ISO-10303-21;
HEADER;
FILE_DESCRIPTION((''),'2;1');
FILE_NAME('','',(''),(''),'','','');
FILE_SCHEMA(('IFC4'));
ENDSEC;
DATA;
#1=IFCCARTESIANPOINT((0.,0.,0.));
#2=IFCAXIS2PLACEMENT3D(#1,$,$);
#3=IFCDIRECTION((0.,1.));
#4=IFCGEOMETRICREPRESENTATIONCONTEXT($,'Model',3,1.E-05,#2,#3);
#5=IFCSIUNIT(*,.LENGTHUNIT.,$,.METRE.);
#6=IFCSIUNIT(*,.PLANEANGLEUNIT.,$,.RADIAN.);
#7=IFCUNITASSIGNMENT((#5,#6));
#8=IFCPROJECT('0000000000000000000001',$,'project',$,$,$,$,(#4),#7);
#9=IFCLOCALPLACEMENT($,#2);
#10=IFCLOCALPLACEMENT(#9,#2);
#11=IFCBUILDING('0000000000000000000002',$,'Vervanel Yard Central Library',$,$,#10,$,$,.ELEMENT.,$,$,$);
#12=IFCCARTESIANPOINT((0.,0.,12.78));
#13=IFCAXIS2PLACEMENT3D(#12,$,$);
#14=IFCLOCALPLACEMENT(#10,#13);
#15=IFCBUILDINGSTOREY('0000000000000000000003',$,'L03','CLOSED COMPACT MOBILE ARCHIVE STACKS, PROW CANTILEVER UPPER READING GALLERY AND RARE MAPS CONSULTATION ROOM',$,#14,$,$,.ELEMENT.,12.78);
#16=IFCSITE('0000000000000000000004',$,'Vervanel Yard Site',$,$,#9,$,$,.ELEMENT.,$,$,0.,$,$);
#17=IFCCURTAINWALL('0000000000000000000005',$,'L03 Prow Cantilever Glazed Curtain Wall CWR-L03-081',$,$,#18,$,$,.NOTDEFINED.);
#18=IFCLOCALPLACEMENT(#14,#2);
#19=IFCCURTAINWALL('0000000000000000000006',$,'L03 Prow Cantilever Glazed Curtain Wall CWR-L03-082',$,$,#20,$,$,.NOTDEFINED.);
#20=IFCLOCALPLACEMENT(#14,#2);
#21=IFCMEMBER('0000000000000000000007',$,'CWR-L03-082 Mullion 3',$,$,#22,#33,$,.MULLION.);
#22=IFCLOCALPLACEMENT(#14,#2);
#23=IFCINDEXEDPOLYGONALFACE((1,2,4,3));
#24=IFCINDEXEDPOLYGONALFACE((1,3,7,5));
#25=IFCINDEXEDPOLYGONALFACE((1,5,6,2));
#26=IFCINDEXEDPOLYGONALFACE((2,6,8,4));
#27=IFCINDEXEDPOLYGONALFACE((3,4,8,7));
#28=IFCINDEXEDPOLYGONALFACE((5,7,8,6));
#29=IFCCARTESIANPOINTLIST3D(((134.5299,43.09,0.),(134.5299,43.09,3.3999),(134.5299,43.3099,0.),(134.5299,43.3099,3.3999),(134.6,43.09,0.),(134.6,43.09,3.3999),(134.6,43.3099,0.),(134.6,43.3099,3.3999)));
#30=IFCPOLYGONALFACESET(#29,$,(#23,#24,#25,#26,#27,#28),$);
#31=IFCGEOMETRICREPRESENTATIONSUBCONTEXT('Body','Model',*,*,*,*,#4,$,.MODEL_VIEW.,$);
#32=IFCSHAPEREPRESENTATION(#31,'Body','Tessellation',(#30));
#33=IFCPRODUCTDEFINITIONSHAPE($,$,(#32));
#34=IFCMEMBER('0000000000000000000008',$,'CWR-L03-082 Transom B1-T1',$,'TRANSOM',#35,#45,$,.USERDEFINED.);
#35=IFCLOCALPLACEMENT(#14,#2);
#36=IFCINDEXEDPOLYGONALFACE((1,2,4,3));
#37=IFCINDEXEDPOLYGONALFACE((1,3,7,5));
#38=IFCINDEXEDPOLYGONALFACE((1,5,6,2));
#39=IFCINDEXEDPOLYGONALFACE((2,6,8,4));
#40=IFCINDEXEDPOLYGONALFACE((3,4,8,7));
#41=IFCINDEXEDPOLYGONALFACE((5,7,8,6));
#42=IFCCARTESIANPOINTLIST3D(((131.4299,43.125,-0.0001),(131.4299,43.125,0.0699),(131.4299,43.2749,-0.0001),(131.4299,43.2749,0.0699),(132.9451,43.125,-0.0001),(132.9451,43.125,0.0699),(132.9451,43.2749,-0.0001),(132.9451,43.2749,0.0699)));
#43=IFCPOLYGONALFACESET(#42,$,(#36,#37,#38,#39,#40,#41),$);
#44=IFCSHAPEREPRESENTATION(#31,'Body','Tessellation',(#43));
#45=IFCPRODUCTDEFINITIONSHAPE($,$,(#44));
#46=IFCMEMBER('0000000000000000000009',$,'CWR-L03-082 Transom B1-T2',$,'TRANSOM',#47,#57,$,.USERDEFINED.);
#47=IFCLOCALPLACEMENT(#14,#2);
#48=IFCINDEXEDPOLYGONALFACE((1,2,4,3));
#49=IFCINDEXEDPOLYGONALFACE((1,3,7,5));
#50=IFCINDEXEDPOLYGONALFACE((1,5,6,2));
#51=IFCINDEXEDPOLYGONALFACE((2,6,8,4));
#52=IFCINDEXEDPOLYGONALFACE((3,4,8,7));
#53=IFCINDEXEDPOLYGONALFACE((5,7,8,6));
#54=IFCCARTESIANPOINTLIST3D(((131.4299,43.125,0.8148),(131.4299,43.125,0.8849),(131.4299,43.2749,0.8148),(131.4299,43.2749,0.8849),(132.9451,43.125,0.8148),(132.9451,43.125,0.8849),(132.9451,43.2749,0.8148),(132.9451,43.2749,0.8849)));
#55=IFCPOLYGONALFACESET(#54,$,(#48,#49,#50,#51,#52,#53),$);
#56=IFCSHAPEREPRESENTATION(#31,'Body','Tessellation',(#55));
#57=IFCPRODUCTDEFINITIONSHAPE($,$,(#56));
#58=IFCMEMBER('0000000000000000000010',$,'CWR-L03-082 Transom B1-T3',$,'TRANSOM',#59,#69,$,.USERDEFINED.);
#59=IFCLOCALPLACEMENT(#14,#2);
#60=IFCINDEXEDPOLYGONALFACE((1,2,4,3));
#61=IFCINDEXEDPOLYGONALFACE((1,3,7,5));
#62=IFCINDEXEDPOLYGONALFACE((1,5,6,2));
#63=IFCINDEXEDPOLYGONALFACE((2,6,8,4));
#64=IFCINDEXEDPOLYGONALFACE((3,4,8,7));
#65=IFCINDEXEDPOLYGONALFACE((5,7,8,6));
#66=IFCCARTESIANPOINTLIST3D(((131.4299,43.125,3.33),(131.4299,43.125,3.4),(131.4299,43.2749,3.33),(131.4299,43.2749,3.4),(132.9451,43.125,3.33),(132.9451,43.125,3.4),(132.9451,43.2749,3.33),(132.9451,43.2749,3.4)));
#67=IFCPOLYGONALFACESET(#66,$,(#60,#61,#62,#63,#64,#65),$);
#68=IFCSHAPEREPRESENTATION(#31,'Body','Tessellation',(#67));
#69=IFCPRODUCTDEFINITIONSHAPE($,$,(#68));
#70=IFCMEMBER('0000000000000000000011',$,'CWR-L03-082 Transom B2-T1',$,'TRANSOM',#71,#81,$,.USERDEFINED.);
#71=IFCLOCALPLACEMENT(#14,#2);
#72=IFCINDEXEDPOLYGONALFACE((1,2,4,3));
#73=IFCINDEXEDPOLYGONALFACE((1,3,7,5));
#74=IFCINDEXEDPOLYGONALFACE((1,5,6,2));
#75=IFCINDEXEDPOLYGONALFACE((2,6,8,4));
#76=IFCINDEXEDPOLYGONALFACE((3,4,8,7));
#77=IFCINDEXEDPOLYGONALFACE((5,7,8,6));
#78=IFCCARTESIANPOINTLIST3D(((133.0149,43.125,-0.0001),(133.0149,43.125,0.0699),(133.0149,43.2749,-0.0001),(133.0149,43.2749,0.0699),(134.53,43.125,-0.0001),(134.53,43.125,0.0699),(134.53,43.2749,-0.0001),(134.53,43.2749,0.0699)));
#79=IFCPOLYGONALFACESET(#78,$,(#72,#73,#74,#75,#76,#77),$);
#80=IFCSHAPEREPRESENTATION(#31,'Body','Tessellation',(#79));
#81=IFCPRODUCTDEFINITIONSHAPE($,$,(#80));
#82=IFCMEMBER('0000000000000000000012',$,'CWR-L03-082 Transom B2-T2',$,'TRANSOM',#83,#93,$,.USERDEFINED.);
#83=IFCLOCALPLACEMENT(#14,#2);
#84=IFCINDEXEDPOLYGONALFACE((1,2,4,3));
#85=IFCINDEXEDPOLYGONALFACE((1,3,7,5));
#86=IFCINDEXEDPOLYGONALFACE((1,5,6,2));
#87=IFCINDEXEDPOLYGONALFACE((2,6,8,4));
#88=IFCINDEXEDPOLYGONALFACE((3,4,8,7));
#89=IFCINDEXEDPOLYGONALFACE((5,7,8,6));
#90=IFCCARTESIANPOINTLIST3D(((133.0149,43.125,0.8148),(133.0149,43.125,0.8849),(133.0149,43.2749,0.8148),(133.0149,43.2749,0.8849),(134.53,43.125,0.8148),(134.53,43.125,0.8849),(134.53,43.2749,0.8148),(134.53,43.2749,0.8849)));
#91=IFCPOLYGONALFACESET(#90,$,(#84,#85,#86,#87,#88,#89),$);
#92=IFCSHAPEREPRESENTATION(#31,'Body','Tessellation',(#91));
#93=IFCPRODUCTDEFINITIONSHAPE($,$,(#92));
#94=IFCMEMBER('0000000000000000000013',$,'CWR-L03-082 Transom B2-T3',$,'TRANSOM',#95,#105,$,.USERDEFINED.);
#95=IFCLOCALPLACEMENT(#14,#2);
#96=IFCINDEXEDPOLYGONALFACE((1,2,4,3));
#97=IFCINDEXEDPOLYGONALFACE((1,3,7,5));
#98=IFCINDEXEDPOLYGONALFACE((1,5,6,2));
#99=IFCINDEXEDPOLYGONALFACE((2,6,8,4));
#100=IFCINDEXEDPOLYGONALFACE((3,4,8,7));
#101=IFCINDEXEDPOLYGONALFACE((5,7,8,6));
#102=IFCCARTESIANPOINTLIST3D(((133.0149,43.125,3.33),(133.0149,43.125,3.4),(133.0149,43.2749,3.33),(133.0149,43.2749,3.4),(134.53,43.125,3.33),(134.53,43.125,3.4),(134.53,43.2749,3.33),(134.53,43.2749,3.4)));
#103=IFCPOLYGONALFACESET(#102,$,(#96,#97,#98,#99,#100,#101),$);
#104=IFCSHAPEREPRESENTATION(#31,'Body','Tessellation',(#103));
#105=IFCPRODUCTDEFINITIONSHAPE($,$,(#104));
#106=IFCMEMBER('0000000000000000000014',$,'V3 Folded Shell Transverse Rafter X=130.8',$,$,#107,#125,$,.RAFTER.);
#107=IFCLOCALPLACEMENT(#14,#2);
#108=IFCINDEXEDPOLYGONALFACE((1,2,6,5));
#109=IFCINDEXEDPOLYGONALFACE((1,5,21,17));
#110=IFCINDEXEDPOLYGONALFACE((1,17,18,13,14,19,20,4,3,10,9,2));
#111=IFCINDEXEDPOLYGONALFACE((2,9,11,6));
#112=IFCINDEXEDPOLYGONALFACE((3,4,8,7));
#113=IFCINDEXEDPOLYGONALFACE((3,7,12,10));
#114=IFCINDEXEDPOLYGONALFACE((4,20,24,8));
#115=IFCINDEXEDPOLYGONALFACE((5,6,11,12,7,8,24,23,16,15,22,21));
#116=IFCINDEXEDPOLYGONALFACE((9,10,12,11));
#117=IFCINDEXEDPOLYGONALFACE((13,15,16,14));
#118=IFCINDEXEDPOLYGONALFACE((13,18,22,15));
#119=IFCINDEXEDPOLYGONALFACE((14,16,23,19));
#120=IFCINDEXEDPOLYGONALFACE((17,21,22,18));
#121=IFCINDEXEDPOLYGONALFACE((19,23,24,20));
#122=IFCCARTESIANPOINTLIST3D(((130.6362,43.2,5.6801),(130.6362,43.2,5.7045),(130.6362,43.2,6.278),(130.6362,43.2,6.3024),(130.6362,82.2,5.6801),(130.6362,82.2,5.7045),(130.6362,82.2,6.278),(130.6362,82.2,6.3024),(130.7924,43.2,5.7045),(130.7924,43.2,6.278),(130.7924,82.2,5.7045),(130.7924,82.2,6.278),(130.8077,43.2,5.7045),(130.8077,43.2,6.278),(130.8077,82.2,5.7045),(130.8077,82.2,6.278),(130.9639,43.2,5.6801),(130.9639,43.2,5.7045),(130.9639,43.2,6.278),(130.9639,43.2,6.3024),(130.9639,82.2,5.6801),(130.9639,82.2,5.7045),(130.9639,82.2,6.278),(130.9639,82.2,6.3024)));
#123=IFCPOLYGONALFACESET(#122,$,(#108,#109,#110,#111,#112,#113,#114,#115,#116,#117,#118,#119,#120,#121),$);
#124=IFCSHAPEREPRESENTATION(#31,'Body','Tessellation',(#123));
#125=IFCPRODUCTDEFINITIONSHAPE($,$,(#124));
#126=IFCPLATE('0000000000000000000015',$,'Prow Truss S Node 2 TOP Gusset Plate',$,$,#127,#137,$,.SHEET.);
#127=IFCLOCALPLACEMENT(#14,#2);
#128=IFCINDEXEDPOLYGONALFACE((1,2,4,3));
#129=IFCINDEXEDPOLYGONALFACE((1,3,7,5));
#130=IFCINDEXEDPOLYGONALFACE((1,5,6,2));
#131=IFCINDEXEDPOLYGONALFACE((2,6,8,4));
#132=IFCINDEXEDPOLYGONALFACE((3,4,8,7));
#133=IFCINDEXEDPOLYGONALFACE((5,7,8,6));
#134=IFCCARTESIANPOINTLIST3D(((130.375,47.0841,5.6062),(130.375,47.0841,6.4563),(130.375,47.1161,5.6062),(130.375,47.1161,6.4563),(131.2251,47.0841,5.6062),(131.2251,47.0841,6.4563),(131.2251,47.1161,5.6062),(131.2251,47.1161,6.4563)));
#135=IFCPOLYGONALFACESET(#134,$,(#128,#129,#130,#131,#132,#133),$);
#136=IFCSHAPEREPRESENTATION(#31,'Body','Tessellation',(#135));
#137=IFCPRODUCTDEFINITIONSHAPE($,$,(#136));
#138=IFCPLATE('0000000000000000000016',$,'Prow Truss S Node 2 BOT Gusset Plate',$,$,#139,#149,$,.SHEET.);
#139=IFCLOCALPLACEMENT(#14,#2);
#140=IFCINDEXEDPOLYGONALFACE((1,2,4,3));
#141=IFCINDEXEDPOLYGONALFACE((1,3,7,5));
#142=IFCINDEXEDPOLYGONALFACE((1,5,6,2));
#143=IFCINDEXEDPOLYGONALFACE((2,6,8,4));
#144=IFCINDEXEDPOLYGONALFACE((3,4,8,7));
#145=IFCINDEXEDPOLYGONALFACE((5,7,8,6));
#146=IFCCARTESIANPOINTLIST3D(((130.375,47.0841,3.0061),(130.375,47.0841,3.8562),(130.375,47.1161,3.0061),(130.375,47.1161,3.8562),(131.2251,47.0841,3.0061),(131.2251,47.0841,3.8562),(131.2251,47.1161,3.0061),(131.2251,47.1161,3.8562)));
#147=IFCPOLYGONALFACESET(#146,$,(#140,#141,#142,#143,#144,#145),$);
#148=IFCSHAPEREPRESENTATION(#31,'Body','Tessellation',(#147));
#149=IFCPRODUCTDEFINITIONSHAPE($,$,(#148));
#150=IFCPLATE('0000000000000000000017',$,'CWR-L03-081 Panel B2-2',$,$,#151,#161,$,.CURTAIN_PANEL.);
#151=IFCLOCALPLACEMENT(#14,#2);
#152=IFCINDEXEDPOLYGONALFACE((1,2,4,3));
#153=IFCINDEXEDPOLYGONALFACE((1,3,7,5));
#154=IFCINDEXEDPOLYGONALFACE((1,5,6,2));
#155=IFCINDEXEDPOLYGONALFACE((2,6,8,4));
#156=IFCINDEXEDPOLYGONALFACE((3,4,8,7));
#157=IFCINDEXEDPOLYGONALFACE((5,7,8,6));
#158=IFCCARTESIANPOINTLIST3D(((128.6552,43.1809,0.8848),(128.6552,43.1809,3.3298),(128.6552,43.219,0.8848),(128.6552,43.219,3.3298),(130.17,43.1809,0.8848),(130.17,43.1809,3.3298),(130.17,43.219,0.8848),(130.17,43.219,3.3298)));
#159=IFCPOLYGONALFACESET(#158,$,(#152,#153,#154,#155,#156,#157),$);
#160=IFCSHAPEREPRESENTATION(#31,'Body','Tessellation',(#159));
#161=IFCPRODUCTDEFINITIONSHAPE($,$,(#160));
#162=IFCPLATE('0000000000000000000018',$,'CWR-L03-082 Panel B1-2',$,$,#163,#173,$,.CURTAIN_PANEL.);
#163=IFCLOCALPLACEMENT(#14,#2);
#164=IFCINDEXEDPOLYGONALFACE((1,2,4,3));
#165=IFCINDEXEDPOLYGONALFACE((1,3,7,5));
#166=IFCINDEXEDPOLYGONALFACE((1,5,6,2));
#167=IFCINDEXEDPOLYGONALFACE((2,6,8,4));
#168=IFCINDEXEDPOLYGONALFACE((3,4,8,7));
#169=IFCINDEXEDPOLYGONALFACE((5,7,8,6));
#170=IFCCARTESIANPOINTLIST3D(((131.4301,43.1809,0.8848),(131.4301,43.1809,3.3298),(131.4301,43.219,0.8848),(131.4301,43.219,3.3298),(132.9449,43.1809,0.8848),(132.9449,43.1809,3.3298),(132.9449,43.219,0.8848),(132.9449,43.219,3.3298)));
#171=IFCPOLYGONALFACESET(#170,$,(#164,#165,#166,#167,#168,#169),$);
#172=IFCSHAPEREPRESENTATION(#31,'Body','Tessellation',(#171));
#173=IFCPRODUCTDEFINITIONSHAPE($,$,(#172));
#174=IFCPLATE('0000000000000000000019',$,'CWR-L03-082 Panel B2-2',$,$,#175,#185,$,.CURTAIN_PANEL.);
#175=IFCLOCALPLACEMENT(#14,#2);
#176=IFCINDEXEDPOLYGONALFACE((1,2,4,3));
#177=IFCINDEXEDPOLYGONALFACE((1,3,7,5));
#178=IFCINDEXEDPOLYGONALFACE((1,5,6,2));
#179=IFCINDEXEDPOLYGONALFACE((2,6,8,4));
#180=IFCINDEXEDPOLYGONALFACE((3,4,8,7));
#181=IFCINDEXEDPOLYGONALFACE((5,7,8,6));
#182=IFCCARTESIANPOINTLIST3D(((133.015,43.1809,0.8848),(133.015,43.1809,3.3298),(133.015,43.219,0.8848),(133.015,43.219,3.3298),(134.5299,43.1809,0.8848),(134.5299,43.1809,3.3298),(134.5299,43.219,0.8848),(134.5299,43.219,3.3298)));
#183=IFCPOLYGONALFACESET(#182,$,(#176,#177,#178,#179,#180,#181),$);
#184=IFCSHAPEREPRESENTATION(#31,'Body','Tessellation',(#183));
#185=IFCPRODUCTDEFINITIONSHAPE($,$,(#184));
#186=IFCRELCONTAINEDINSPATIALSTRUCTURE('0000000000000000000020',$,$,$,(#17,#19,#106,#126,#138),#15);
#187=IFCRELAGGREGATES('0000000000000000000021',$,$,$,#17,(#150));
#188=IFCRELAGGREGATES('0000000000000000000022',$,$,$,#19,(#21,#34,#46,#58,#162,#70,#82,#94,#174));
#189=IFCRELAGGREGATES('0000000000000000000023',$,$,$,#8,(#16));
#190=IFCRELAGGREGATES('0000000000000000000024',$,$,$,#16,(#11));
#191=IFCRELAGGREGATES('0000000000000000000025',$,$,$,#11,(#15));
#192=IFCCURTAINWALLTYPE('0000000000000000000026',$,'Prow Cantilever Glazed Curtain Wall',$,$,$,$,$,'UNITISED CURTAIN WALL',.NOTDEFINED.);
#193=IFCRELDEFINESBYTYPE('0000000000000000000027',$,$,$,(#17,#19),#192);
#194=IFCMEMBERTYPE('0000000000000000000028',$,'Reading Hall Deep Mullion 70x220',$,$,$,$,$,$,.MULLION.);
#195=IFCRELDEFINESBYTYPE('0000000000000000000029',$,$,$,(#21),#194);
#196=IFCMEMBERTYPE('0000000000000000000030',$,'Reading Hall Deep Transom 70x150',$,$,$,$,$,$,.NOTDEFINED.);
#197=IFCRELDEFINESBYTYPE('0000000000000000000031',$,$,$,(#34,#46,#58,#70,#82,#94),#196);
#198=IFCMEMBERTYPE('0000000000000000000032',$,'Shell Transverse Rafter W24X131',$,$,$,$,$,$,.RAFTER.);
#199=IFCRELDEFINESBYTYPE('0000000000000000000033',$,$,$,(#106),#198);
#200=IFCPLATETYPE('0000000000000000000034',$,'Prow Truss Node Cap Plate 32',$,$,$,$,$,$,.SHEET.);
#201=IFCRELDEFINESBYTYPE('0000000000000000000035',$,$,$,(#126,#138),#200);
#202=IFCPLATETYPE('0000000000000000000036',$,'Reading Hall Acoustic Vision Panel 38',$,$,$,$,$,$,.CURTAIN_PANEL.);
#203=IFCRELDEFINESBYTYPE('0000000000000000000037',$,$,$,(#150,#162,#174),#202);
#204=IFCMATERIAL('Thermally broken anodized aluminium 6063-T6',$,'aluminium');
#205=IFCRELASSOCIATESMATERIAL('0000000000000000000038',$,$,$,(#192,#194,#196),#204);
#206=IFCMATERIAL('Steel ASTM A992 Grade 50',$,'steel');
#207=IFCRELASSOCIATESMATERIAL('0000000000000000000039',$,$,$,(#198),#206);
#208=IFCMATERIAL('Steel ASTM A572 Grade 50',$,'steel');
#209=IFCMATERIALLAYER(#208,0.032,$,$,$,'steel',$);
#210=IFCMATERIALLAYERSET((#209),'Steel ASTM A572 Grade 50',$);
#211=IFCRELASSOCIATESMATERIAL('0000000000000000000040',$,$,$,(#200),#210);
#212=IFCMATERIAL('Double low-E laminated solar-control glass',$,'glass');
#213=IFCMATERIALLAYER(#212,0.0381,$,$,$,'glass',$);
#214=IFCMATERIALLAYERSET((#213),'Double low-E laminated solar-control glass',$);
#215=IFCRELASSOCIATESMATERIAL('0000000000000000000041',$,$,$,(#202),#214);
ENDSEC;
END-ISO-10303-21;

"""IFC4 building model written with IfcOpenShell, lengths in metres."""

from ifc_helpers import new_model, si_unit, direction, frame, origin, origin_2d, place, context, subcontext, project, spatial, rectangle, i_section, extrude, material, layer, layer_set, material_profile, profile_set, type_object, element, aggregate, save


model = new_model("IFC4")

# Units and contexts
model_context = context("Model", 3, precision=1e-05, world=origin(), true_north=direction((0.0, 1.0)))
body_context = subcontext(model_context, "Body", "Model", "MODEL_VIEW")
ifc_project = project(units=[si_unit("LENGTHUNIT", "METRE"), si_unit("PLANEANGLEUNIT", "RADIAN")], contexts=[model_context])

# Site, building, storey
site_placement = place(None, origin())
site = spatial("IfcSite", under=ifc_project, at=site_placement, Name="Vervanel Yard Site", CompositionType="ELEMENT", RefElevation=0.0)
building_placement = place(site_placement, origin())
building = spatial("IfcBuilding", under=site, at=building_placement, Name="Vervanel Yard Central Library", CompositionType="ELEMENT")
storey_placement = place(building_placement, frame((0.0, 0.0, 12.78)))
storey = spatial("IfcBuildingStorey", under=building, at=storey_placement, Name="L03", Description="CLOSED COMPACT MOBILE ARCHIVE STACKS, PROW CANTILEVER UPPER READING GALLERY AND RARE MAPS CONSULTATION ROOM", CompositionType="ELEMENT", Elevation=12.78)

# Shared definitions
ifc_material_1 = material(Name="Steel ASTM A992 Grade 50", Category="steel")

# Curtain wall
ifc_material_2 = material(Name="Thermally broken anodized aluminium 6063-T6", Category="aluminium")
curtain_wall_type = type_object("IfcCurtainWallType", Name="Prow Cantilever Glazed Curtain Wall", ElementType="UNITISED CURTAIN WALL", PredefinedType="NOTDEFINED", material=ifc_material_2)
curtain_wall_1_placement = place(storey_placement, origin())
curtain_wall_1 = element("IfcCurtainWall", 1, at=curtain_wall_1_placement, inside=storey, type_object=curtain_wall_type, Name="L03 Prow Cantilever Glazed Curtain Wall CWR-L03-081", PredefinedType="NOTDEFINED")
ifc_material_profile_1 = material_profile(ifc_material_2, rectangle(XDim=0.0701, YDim=0.22, at=origin_2d()), Name="ALU 70x220", Category="aluminium")
ifc_profile_set_1 = profile_set([ifc_material_profile_1], Name="Thermally broken anodized aluminium 6063-T6")
member_type_1 = type_object("IfcMemberType", Name="Reading Hall Deep Mullion 70x220", PredefinedType="MULLION", material=ifc_profile_set_1)

# Curtain wall, members
curtain_wall_2_placement = place(storey_placement, origin())
curtain_wall_2 = element("IfcCurtainWall", 2, at=curtain_wall_2_placement, inside=storey, type_object=curtain_wall_type, Name="L03 Prow Cantilever Glazed Curtain Wall CWR-L03-082", PredefinedType="NOTDEFINED")
member_1_placement = place(storey_placement, frame((134.5649, 43.2, 0.0), z_axis=(0.0, 0.0, 1.0), x_axis=(1.0, 0.0, 0.0)))
member_1 = element("IfcMember", 3, at=member_1_placement, type_object=member_type_1, Name="CWR-L03-082 Mullion 3", PredefinedType="MULLION", context=body_context, shape_type="SweptSolid", body=[
    extrude(rectangle(XDim=0.0701, YDim=0.22, at=origin_2d()), origin(), (0.0, 0.0, 1.0), 3.3999),
])
ifc_material_profile_2 = material_profile(ifc_material_2, rectangle(XDim=0.0701, YDim=0.1499, at=origin_2d()), Name="ALU 70x150", Category="aluminium")
ifc_profile_set_2 = profile_set([ifc_material_profile_2], Name="Thermally broken anodized aluminium 6063-T6")
member_type_2 = type_object("IfcMemberType", Name="Reading Hall Deep Transom 70x150", PredefinedType="NOTDEFINED", material=ifc_profile_set_2)
member_2_placement = place(storey_placement, frame((131.4299, 43.2, 0.0349), z_axis=(1.0, 0.0, 0.0), x_axis=(0.0, 0.0, 1.0)))
member_2 = element("IfcMember", 4, at=member_2_placement, type_object=member_type_2, Name="CWR-L03-082 Transom B1-T1", ObjectType="TRANSOM", PredefinedType="USERDEFINED", context=body_context, shape_type="SweptSolid", body=[
    extrude(rectangle(XDim=0.0701, YDim=0.1499, at=origin_2d()), origin(), (0.0, 0.0, 1.0), 1.5151),
])
member_3_placement = place(storey_placement, frame((131.4299, 43.2, 0.8499), z_axis=(1.0, 0.0, 0.0), x_axis=(0.0, 0.0, 1.0)))
member_3 = element("IfcMember", 5, at=member_3_placement, type_object=member_type_2, Name="CWR-L03-082 Transom B1-T2", ObjectType="TRANSOM", PredefinedType="USERDEFINED", context=body_context, shape_type="SweptSolid", body=[
    extrude(rectangle(XDim=0.0701, YDim=0.1499, at=origin_2d()), origin(), (0.0, 0.0, 1.0), 1.5151),
])
member_4_placement = place(storey_placement, frame((131.4299, 43.2, 3.365), z_axis=(1.0, 0.0, 0.0), x_axis=(0.0, 0.0, 1.0)))
member_4 = element("IfcMember", 6, at=member_4_placement, type_object=member_type_2, Name="CWR-L03-082 Transom B1-T3", ObjectType="TRANSOM", PredefinedType="USERDEFINED", context=body_context, shape_type="SweptSolid", body=[
    extrude(rectangle(XDim=0.0701, YDim=0.1499, at=origin_2d()), origin(), (0.0, 0.0, 1.0), 1.5151),
])
member_5_placement = place(storey_placement, frame((133.0149, 43.2, 0.0349), z_axis=(1.0, 0.0, 0.0), x_axis=(0.0, 0.0, 1.0)))
member_5 = element("IfcMember", 7, at=member_5_placement, type_object=member_type_2, Name="CWR-L03-082 Transom B2-T1", ObjectType="TRANSOM", PredefinedType="USERDEFINED", context=body_context, shape_type="SweptSolid", body=[
    extrude(rectangle(XDim=0.0701, YDim=0.1499, at=origin_2d()), origin(), (0.0, 0.0, 1.0), 1.5151),
])
member_6_placement = place(storey_placement, frame((133.0149, 43.2, 0.8499), z_axis=(1.0, 0.0, 0.0), x_axis=(0.0, 0.0, 1.0)))
member_6 = element("IfcMember", 8, at=member_6_placement, type_object=member_type_2, Name="CWR-L03-082 Transom B2-T2", ObjectType="TRANSOM", PredefinedType="USERDEFINED", context=body_context, shape_type="SweptSolid", body=[
    extrude(rectangle(XDim=0.0701, YDim=0.1499, at=origin_2d()), origin(), (0.0, 0.0, 1.0), 1.5151),
])
member_7_placement = place(storey_placement, frame((133.0149, 43.2, 3.365), z_axis=(1.0, 0.0, 0.0), x_axis=(0.0, 0.0, 1.0)))
member_7 = element("IfcMember", 9, at=member_7_placement, type_object=member_type_2, Name="CWR-L03-082 Transom B2-T3", ObjectType="TRANSOM", PredefinedType="USERDEFINED", context=body_context, shape_type="SweptSolid", body=[
    extrude(rectangle(XDim=0.0701, YDim=0.1499, at=origin_2d()), origin(), (0.0, 0.0, 1.0), 1.5151),
])

# Member
ifc_material_profile_3 = material_profile(ifc_material_1, i_section(OverallWidth=0.3276, OverallDepth=0.6223, WebThickness=0.0154, FlangeThickness=0.0244, at=origin_2d()), Name="W24X131", Category="steel")
ifc_profile_set_3 = profile_set([ifc_material_profile_3], Name="Steel ASTM A992 Grade 50")
member_type_3 = type_object("IfcMemberType", Name="Shell Transverse Rafter W24X131", PredefinedType="RAFTER", material=ifc_profile_set_3)
member_8_placement = place(storey_placement, frame((130.8, 43.2, 5.9912), z_axis=(0.0, 1.0, 0.0), x_axis=(-1.0, 0.0, 0.0)))
element("IfcMember", 10, at=member_8_placement, inside=storey, type_object=member_type_3, Name="V3 Folded Shell Transverse Rafter X=130.8", PredefinedType="RAFTER", context=body_context, shape_type="SweptSolid", body=[
    extrude(i_section(OverallWidth=0.3276, OverallDepth=0.6223, WebThickness=0.0154, FlangeThickness=0.0244, at=origin_2d()), origin(), (0.0, 0.0, 1.0), 39.0),
])

# Plates
ifc_material_3 = material(Name="Steel ASTM A572 Grade 50", Category="steel")
ifc_layer_1 = layer(ifc_material_3, 0.032, Category="steel")
ifc_layer_set_1 = layer_set([ifc_layer_1], Name="Steel ASTM A572 Grade 50")
plate_type_1 = type_object("IfcPlateType", Name="Prow Truss Node Cap Plate 32", PredefinedType="SHEET", material=ifc_layer_set_1)
for number, where, z_axis, x_axis, name in (
    (11, (130.8, 47.1001, 5.6062), (0.0, 0.0, 1.0), (1.0, 0.0, 0.0), "Prow Truss S Node 2 TOP Gusset Plate"),
    (12, (130.8, 47.1001, 3.0061), (0.0, 0.0, 1.0), (1.0, 0.0, 0.0), "Prow Truss S Node 2 BOT Gusset Plate"),
):
    element("IfcPlate", number, at=place(storey_placement, frame(where, z_axis=z_axis, x_axis=x_axis)), inside=storey, type_object=plate_type_1, Name=name, PredefinedType="SHEET", context=body_context, shape_type="SweptSolid", body=[
        extrude(rectangle(XDim=0.8501, YDim=0.032, at=origin_2d()), origin(), (0.0, 0.0, 1.0), 0.8501),
    ])

# Plates
ifc_material_4 = material(Name="Double low-E laminated solar-control glass", Category="glass")
ifc_layer_2 = layer(ifc_material_4, 0.0381, Category="glass")
ifc_layer_set_2 = layer_set([ifc_layer_2], Name="Double low-E laminated solar-control glass")
plate_type_2 = type_object("IfcPlateType", Name="Reading Hall Acoustic Vision Panel 38", PredefinedType="CURTAIN_PANEL", material=ifc_layer_set_2)
plate_1_placement = place(storey_placement, frame((129.4126, 43.2, 0.8848), z_axis=(0.0, 0.0, 1.0), x_axis=(1.0, 0.0, 0.0)))
plate_1 = element("IfcPlate", 13, at=plate_1_placement, type_object=plate_type_2, Name="CWR-L03-081 Panel B2-2", PredefinedType="CURTAIN_PANEL", context=body_context, shape_type="SweptSolid", body=[
    extrude(rectangle(XDim=1.5149, YDim=0.0381, at=origin_2d()), origin(), (0.0, 0.0, 1.0), 2.4451),
])
aggregate(curtain_wall_1, [plate_1])
plate_2_placement = place(storey_placement, frame((132.1875, 43.2, 0.8848), z_axis=(0.0, 0.0, 1.0), x_axis=(1.0, 0.0, 0.0)))
plate_2 = element("IfcPlate", 14, at=plate_2_placement, type_object=plate_type_2, Name="CWR-L03-082 Panel B1-2", PredefinedType="CURTAIN_PANEL", context=body_context, shape_type="SweptSolid", body=[
    extrude(rectangle(XDim=1.5149, YDim=0.0381, at=origin_2d()), origin(), (0.0, 0.0, 1.0), 2.4451),
])
plate_3_placement = place(storey_placement, frame((133.7725, 43.2, 0.8848), z_axis=(0.0, 0.0, 1.0), x_axis=(1.0, 0.0, 0.0)))
plate_3 = element("IfcPlate", 15, at=plate_3_placement, type_object=plate_type_2, Name="CWR-L03-082 Panel B2-2", PredefinedType="CURTAIN_PANEL", context=body_context, shape_type="SweptSolid", body=[
    extrude(rectangle(XDim=1.5149, YDim=0.0381, at=origin_2d()), origin(), (0.0, 0.0, 1.0), 2.4451),
])
aggregate(curtain_wall_2, [member_1, member_2, member_3, member_4, plate_2, member_5, member_6, member_7, plate_3])

save(model, "model.ifc")
